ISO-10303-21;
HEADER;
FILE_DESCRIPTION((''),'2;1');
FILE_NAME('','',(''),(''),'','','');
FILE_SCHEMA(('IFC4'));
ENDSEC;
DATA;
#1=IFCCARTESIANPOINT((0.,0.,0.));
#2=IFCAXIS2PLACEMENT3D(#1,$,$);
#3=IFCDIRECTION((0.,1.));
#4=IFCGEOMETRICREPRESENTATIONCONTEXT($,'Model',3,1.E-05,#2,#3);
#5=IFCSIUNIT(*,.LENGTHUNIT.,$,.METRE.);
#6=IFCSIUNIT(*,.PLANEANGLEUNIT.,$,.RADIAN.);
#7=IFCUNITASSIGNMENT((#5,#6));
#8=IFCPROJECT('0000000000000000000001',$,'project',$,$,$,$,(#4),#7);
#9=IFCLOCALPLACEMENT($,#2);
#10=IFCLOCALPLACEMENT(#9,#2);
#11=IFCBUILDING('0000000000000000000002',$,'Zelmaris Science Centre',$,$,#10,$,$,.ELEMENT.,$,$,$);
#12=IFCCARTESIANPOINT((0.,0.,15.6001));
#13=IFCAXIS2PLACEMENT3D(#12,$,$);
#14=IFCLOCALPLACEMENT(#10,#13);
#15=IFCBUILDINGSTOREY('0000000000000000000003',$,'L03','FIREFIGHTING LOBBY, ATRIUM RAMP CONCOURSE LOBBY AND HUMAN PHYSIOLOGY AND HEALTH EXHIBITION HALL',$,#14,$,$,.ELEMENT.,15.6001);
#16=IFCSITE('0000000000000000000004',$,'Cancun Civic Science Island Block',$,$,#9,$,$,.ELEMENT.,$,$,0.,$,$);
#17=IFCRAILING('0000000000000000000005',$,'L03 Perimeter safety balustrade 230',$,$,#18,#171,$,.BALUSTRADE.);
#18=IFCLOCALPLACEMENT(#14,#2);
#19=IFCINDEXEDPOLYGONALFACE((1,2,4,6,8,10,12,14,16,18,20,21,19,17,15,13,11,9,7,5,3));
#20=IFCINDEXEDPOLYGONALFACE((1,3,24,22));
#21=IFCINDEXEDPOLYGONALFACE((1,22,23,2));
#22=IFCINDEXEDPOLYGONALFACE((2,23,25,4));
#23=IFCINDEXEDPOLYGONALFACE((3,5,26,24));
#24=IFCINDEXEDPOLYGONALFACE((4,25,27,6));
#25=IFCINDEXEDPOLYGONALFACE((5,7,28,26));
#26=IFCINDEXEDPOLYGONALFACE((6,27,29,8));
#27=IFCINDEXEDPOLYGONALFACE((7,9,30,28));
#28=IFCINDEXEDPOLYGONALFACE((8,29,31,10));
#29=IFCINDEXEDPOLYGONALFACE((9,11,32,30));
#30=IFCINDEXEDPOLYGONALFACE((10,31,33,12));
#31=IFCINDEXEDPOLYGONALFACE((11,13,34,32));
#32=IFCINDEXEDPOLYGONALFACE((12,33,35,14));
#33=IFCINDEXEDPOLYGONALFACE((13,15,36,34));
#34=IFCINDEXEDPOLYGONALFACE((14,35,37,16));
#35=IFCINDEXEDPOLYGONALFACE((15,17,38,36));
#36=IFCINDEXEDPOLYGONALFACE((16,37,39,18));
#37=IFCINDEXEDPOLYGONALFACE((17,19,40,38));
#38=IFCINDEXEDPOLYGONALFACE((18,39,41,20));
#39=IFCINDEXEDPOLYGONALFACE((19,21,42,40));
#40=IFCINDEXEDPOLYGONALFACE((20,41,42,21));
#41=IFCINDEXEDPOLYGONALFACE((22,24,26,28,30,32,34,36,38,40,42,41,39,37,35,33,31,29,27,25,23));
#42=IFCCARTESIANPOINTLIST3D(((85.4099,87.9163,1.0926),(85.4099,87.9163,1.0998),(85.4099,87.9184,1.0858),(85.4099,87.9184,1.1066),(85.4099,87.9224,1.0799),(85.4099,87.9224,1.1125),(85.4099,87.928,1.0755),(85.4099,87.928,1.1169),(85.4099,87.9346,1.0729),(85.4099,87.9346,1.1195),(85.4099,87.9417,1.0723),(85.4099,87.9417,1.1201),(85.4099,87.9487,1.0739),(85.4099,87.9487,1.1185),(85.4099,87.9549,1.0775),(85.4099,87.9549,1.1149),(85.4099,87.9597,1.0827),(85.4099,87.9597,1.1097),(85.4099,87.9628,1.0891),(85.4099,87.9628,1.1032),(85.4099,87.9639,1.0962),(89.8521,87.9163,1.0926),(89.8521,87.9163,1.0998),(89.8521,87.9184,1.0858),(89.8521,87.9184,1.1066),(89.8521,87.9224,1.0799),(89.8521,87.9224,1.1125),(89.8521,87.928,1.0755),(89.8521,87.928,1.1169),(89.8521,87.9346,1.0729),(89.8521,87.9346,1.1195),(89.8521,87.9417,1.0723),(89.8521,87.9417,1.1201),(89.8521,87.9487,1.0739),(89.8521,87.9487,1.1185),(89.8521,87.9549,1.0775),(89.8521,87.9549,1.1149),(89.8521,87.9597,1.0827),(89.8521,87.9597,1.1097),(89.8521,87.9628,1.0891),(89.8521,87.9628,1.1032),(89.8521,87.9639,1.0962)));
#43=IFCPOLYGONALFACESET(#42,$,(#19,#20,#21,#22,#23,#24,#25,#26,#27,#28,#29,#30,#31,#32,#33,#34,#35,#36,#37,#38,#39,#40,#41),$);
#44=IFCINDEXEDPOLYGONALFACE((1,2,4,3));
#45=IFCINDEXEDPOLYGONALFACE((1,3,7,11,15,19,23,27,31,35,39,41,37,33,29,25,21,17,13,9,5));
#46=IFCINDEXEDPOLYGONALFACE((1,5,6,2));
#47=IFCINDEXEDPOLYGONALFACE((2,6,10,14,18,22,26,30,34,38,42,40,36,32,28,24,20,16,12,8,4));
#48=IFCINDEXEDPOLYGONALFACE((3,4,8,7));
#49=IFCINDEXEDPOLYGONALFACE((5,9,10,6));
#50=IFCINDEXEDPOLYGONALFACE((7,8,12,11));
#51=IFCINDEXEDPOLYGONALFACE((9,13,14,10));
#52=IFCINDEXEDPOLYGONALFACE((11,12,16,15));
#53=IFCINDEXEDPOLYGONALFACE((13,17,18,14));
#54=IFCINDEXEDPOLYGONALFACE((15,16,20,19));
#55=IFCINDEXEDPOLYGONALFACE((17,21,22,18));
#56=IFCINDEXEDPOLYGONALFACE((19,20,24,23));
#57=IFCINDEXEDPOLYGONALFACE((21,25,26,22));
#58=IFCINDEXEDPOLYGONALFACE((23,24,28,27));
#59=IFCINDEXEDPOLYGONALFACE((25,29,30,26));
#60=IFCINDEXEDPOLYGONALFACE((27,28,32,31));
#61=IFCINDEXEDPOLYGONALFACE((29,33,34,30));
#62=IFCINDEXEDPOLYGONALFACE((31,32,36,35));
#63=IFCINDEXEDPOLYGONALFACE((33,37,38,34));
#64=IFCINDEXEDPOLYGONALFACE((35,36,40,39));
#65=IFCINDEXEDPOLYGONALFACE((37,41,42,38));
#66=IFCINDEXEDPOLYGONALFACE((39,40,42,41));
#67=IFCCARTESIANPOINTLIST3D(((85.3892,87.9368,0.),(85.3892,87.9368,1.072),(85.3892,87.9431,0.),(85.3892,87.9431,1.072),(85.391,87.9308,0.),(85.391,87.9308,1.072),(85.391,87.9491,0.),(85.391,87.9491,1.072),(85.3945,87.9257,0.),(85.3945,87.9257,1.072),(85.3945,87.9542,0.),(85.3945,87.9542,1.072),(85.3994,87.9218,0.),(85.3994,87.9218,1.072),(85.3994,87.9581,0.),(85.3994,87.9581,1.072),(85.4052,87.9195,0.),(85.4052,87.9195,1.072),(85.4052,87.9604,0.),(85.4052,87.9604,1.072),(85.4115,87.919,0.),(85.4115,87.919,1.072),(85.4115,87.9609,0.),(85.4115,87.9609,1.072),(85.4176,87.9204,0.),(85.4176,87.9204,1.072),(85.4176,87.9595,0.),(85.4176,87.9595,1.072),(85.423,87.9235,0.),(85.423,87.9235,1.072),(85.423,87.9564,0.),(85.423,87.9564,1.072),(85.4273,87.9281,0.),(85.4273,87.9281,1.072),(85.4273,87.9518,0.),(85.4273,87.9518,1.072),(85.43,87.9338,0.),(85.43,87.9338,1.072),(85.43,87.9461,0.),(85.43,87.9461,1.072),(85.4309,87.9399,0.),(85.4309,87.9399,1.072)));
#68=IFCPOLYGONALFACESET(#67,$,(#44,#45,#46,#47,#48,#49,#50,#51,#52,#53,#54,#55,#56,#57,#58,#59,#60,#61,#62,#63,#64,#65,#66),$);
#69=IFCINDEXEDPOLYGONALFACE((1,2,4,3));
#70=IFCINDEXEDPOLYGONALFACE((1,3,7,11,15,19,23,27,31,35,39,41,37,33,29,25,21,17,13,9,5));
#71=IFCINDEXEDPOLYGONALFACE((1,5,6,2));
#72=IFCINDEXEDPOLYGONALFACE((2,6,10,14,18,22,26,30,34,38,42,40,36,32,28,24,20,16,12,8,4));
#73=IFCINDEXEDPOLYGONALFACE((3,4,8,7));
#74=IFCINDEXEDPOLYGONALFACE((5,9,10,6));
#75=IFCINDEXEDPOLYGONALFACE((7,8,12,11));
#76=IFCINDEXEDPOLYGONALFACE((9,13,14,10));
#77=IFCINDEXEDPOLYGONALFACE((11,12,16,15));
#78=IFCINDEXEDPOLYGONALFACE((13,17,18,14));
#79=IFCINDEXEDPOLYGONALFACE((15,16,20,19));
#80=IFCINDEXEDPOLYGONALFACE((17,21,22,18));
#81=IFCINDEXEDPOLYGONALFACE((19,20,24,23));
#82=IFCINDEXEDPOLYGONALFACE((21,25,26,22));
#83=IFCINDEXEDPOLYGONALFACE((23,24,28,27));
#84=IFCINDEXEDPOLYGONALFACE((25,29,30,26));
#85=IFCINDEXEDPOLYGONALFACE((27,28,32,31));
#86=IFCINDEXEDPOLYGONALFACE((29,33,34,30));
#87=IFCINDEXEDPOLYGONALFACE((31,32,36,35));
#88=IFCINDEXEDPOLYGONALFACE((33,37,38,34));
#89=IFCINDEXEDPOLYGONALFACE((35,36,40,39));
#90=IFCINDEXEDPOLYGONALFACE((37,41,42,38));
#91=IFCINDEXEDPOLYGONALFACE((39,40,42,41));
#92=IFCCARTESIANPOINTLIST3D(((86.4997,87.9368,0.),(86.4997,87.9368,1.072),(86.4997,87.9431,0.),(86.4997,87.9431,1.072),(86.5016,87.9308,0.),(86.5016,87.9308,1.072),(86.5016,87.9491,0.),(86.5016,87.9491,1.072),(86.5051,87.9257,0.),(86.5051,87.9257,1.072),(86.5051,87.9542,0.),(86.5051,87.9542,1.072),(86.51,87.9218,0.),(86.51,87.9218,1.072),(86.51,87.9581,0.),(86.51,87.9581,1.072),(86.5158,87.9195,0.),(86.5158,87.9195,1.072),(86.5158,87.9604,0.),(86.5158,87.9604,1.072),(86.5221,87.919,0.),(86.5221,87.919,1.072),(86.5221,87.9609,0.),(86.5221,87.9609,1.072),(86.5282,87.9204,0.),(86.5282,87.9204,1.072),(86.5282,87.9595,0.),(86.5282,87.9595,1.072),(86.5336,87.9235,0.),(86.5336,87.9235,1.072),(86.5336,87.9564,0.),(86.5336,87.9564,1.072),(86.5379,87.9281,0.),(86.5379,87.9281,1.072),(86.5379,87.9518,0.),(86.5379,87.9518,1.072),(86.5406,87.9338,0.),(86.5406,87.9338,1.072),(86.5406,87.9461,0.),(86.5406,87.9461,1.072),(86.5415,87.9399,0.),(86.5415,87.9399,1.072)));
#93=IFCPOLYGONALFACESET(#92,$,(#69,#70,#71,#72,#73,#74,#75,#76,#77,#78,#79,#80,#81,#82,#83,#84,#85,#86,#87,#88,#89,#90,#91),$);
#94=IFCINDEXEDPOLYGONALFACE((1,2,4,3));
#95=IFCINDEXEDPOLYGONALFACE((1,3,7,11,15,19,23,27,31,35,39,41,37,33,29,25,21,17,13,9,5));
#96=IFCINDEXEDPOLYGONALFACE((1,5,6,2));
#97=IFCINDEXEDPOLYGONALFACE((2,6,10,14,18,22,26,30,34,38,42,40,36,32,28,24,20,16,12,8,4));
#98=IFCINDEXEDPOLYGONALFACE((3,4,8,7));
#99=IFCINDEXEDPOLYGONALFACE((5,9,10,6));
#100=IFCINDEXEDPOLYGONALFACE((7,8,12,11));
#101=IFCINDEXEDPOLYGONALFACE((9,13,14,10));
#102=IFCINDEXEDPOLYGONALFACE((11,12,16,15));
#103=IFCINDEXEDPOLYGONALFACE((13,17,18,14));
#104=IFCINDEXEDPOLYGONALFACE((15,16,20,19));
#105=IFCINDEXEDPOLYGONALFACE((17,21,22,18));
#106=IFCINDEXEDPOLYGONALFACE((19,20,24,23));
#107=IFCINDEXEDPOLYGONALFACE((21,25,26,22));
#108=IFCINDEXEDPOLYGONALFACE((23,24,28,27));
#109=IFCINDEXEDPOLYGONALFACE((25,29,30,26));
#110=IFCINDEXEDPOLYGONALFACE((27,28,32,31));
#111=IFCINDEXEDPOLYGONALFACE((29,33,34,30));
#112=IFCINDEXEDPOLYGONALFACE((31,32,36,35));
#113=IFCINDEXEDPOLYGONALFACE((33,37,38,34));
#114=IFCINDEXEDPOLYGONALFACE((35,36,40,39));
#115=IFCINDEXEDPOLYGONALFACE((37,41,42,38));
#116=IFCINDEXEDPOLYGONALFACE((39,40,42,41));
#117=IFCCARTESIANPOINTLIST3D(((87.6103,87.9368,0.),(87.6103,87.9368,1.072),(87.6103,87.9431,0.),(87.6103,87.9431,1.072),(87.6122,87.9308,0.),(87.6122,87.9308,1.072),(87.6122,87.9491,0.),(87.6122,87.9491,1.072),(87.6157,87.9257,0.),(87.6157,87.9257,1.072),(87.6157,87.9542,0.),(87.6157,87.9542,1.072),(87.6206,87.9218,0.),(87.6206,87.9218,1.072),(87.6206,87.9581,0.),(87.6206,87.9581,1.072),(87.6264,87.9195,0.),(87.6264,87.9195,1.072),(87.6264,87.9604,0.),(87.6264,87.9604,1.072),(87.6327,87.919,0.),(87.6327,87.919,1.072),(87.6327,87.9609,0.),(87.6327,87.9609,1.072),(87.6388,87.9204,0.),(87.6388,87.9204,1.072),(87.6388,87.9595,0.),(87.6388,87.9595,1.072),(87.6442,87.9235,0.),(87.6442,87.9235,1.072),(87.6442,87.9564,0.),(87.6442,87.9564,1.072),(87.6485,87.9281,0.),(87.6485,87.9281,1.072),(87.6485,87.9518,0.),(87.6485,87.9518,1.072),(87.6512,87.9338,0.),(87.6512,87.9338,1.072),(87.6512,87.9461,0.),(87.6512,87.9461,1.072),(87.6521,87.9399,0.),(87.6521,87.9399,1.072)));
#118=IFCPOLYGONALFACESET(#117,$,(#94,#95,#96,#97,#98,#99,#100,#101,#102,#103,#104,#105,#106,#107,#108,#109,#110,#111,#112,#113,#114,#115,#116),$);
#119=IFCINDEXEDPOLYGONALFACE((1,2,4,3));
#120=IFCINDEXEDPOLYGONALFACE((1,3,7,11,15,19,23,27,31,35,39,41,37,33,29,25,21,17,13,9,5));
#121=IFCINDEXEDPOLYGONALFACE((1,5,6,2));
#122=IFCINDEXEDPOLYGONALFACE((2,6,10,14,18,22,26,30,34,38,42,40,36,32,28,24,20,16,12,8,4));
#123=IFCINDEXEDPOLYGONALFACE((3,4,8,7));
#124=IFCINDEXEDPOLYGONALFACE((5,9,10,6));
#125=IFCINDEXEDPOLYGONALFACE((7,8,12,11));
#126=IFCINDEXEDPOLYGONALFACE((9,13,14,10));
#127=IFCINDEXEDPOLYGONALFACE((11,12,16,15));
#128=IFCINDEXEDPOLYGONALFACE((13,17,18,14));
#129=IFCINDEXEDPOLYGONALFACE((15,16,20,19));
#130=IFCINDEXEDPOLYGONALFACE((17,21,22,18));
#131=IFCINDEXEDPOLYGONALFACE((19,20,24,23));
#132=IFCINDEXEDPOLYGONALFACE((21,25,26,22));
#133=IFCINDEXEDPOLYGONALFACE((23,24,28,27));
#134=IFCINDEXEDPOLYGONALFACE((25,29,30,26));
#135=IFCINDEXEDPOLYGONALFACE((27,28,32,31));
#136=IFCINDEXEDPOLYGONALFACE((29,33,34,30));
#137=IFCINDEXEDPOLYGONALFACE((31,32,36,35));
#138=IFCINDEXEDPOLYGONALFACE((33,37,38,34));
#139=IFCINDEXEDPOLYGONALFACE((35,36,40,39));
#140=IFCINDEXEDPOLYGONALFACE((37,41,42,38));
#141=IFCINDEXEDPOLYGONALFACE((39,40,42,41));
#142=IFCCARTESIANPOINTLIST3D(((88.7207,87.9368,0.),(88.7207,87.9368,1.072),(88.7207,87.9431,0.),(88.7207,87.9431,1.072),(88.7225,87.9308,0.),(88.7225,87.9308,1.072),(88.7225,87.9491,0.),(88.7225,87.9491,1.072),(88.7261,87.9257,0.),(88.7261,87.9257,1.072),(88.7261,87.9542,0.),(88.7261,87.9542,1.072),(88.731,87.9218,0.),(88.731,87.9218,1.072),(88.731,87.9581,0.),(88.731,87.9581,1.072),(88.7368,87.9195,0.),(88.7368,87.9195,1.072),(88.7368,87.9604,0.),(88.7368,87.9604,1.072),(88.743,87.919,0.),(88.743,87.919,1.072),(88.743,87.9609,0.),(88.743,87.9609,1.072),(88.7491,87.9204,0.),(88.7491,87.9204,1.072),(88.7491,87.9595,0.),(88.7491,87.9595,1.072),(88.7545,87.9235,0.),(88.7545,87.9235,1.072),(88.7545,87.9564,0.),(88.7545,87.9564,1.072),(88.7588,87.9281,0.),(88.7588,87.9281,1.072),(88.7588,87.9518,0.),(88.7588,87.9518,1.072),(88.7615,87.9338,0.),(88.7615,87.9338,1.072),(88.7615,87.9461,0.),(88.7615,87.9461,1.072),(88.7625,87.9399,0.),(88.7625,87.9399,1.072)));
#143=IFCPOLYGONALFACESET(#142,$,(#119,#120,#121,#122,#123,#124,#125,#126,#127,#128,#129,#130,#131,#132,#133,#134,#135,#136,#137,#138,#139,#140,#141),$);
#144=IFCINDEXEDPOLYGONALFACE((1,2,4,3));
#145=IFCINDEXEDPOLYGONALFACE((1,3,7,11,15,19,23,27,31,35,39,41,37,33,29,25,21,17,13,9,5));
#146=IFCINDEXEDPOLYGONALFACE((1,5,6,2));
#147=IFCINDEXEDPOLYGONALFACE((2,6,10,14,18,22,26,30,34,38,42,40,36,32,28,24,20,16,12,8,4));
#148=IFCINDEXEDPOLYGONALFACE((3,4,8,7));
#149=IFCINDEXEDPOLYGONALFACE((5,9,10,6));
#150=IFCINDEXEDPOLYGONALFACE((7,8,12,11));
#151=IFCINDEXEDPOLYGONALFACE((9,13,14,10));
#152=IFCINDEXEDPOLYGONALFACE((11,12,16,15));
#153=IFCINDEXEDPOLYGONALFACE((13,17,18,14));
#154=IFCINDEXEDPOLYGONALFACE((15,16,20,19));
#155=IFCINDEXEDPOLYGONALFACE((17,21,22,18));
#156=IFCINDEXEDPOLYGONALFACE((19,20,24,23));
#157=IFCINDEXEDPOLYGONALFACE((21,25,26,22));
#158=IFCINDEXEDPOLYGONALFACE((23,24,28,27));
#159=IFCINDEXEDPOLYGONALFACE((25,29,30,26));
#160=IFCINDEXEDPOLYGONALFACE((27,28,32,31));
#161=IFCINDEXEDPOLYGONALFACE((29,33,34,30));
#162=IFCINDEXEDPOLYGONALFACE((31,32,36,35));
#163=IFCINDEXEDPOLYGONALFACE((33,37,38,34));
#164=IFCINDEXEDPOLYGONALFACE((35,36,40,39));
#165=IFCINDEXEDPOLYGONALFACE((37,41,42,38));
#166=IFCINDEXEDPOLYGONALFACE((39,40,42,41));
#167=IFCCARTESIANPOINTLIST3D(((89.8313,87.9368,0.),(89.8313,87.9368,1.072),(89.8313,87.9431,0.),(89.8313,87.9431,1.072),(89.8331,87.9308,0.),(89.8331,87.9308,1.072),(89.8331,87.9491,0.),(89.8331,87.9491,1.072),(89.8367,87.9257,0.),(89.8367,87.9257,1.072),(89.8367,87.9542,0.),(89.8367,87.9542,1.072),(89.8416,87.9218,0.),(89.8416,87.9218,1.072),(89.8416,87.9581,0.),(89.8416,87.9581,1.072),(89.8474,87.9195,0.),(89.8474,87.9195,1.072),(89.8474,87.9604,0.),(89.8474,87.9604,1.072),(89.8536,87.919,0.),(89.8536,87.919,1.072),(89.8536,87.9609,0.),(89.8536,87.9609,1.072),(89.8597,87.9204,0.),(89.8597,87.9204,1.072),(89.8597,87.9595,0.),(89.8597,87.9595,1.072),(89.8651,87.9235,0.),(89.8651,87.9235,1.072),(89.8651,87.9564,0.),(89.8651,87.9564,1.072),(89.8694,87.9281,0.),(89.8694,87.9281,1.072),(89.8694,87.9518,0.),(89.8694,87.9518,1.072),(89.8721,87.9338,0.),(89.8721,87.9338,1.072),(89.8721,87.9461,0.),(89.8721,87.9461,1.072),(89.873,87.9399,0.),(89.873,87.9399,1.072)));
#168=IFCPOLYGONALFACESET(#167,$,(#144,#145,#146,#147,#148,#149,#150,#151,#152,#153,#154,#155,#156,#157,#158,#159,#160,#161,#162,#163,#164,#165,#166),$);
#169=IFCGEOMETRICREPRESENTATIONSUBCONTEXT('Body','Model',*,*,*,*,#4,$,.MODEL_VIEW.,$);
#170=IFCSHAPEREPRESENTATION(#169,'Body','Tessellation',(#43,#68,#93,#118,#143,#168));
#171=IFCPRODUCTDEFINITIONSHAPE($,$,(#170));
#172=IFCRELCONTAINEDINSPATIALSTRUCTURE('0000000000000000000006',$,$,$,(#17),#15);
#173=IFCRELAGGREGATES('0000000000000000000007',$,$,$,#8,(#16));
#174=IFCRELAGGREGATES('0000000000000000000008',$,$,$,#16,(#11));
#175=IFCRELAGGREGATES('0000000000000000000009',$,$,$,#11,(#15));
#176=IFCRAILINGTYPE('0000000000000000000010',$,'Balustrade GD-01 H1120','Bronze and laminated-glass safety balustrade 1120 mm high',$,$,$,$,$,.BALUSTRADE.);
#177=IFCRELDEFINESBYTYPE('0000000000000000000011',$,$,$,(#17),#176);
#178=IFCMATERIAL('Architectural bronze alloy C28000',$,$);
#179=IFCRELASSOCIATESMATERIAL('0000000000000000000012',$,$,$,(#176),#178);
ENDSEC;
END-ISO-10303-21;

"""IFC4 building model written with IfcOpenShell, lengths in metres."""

from ifc_helpers import new_model, si_unit, direction, frame, origin, origin_2d, place, context, subcontext, project, spatial, circle, extrude, material, type_object, element, save


model = new_model("IFC4")

# Units and contexts
model_context = context("Model", 3, precision=1e-05, world=origin(), true_north=direction((0.0, 1.0)))
body_context = subcontext(model_context, "Body", "Model", "MODEL_VIEW")
ifc_project = project(units=[si_unit("LENGTHUNIT", "METRE"), si_unit("PLANEANGLEUNIT", "RADIAN")], contexts=[model_context])

# Site, building, storey
site_placement = place(None, origin())
site = spatial("IfcSite", under=ifc_project, at=site_placement, Name="Cancun Civic Science Island Block", CompositionType="ELEMENT", RefElevation=0.0)
building_placement = place(site_placement, origin())
building = spatial("IfcBuilding", under=site, at=building_placement, Name="Zelmaris Science Centre", CompositionType="ELEMENT")
storey_placement = place(building_placement, frame((0.0, 0.0, 15.6001)))
storey = spatial("IfcBuildingStorey", under=building, at=storey_placement, Name="L03", Description="FIREFIGHTING LOBBY, ATRIUM RAMP CONCOURSE LOBBY AND HUMAN PHYSIOLOGY AND HEALTH EXHIBITION HALL", CompositionType="ELEMENT", Elevation=15.6001)

# Railing
ifc_material_1 = material(Name="Architectural bronze alloy C28000")
railing_type = type_object("IfcRailingType", Name="Balustrade GD-01 H1120", Description="Bronze and laminated-glass safety balustrade 1120 mm high", PredefinedType="BALUSTRADE", material=ifc_material_1)
railing_1_placement = place(storey_placement, frame((85.4099, 87.9399, 0.0)))
element("IfcRailing", 1, at=railing_1_placement, inside=storey, type_object=railing_type, Name="L03 Perimeter safety balustrade 230", PredefinedType="BALUSTRADE", context=body_context, shape_type="SweptSolid", body=[
    extrude(circle(Radius=0.0239, at=origin_2d()), frame((0.0, 0.0, 1.0962), z_axis=(1.0, 0.0, 0.0), x_axis=(0.0, 1.0, 0.0)), (0.0, 0.0, 1.0), 4.4421),
    extrude(circle(Radius=0.021, at=origin_2d()), origin(), (0.0, 0.0, 1.0), 1.072),
    extrude(circle(Radius=0.021, at=origin_2d()), frame((1.1106, 0.0, 0.0)), (0.0, 0.0, 1.0), 1.072),
    extrude(circle(Radius=0.021, at=origin_2d()), frame((2.2212, 0.0, 0.0)), (0.0, 0.0, 1.0), 1.072),
    extrude(circle(Radius=0.021, at=origin_2d()), frame((3.3315, 0.0, 0.0)), (0.0, 0.0, 1.0), 1.072),
    extrude(circle(Radius=0.021, at=origin_2d()), frame((4.4421, 0.0, 0.0)), (0.0, 0.0, 1.0), 1.072),
])

save(model, "model.ifc")
